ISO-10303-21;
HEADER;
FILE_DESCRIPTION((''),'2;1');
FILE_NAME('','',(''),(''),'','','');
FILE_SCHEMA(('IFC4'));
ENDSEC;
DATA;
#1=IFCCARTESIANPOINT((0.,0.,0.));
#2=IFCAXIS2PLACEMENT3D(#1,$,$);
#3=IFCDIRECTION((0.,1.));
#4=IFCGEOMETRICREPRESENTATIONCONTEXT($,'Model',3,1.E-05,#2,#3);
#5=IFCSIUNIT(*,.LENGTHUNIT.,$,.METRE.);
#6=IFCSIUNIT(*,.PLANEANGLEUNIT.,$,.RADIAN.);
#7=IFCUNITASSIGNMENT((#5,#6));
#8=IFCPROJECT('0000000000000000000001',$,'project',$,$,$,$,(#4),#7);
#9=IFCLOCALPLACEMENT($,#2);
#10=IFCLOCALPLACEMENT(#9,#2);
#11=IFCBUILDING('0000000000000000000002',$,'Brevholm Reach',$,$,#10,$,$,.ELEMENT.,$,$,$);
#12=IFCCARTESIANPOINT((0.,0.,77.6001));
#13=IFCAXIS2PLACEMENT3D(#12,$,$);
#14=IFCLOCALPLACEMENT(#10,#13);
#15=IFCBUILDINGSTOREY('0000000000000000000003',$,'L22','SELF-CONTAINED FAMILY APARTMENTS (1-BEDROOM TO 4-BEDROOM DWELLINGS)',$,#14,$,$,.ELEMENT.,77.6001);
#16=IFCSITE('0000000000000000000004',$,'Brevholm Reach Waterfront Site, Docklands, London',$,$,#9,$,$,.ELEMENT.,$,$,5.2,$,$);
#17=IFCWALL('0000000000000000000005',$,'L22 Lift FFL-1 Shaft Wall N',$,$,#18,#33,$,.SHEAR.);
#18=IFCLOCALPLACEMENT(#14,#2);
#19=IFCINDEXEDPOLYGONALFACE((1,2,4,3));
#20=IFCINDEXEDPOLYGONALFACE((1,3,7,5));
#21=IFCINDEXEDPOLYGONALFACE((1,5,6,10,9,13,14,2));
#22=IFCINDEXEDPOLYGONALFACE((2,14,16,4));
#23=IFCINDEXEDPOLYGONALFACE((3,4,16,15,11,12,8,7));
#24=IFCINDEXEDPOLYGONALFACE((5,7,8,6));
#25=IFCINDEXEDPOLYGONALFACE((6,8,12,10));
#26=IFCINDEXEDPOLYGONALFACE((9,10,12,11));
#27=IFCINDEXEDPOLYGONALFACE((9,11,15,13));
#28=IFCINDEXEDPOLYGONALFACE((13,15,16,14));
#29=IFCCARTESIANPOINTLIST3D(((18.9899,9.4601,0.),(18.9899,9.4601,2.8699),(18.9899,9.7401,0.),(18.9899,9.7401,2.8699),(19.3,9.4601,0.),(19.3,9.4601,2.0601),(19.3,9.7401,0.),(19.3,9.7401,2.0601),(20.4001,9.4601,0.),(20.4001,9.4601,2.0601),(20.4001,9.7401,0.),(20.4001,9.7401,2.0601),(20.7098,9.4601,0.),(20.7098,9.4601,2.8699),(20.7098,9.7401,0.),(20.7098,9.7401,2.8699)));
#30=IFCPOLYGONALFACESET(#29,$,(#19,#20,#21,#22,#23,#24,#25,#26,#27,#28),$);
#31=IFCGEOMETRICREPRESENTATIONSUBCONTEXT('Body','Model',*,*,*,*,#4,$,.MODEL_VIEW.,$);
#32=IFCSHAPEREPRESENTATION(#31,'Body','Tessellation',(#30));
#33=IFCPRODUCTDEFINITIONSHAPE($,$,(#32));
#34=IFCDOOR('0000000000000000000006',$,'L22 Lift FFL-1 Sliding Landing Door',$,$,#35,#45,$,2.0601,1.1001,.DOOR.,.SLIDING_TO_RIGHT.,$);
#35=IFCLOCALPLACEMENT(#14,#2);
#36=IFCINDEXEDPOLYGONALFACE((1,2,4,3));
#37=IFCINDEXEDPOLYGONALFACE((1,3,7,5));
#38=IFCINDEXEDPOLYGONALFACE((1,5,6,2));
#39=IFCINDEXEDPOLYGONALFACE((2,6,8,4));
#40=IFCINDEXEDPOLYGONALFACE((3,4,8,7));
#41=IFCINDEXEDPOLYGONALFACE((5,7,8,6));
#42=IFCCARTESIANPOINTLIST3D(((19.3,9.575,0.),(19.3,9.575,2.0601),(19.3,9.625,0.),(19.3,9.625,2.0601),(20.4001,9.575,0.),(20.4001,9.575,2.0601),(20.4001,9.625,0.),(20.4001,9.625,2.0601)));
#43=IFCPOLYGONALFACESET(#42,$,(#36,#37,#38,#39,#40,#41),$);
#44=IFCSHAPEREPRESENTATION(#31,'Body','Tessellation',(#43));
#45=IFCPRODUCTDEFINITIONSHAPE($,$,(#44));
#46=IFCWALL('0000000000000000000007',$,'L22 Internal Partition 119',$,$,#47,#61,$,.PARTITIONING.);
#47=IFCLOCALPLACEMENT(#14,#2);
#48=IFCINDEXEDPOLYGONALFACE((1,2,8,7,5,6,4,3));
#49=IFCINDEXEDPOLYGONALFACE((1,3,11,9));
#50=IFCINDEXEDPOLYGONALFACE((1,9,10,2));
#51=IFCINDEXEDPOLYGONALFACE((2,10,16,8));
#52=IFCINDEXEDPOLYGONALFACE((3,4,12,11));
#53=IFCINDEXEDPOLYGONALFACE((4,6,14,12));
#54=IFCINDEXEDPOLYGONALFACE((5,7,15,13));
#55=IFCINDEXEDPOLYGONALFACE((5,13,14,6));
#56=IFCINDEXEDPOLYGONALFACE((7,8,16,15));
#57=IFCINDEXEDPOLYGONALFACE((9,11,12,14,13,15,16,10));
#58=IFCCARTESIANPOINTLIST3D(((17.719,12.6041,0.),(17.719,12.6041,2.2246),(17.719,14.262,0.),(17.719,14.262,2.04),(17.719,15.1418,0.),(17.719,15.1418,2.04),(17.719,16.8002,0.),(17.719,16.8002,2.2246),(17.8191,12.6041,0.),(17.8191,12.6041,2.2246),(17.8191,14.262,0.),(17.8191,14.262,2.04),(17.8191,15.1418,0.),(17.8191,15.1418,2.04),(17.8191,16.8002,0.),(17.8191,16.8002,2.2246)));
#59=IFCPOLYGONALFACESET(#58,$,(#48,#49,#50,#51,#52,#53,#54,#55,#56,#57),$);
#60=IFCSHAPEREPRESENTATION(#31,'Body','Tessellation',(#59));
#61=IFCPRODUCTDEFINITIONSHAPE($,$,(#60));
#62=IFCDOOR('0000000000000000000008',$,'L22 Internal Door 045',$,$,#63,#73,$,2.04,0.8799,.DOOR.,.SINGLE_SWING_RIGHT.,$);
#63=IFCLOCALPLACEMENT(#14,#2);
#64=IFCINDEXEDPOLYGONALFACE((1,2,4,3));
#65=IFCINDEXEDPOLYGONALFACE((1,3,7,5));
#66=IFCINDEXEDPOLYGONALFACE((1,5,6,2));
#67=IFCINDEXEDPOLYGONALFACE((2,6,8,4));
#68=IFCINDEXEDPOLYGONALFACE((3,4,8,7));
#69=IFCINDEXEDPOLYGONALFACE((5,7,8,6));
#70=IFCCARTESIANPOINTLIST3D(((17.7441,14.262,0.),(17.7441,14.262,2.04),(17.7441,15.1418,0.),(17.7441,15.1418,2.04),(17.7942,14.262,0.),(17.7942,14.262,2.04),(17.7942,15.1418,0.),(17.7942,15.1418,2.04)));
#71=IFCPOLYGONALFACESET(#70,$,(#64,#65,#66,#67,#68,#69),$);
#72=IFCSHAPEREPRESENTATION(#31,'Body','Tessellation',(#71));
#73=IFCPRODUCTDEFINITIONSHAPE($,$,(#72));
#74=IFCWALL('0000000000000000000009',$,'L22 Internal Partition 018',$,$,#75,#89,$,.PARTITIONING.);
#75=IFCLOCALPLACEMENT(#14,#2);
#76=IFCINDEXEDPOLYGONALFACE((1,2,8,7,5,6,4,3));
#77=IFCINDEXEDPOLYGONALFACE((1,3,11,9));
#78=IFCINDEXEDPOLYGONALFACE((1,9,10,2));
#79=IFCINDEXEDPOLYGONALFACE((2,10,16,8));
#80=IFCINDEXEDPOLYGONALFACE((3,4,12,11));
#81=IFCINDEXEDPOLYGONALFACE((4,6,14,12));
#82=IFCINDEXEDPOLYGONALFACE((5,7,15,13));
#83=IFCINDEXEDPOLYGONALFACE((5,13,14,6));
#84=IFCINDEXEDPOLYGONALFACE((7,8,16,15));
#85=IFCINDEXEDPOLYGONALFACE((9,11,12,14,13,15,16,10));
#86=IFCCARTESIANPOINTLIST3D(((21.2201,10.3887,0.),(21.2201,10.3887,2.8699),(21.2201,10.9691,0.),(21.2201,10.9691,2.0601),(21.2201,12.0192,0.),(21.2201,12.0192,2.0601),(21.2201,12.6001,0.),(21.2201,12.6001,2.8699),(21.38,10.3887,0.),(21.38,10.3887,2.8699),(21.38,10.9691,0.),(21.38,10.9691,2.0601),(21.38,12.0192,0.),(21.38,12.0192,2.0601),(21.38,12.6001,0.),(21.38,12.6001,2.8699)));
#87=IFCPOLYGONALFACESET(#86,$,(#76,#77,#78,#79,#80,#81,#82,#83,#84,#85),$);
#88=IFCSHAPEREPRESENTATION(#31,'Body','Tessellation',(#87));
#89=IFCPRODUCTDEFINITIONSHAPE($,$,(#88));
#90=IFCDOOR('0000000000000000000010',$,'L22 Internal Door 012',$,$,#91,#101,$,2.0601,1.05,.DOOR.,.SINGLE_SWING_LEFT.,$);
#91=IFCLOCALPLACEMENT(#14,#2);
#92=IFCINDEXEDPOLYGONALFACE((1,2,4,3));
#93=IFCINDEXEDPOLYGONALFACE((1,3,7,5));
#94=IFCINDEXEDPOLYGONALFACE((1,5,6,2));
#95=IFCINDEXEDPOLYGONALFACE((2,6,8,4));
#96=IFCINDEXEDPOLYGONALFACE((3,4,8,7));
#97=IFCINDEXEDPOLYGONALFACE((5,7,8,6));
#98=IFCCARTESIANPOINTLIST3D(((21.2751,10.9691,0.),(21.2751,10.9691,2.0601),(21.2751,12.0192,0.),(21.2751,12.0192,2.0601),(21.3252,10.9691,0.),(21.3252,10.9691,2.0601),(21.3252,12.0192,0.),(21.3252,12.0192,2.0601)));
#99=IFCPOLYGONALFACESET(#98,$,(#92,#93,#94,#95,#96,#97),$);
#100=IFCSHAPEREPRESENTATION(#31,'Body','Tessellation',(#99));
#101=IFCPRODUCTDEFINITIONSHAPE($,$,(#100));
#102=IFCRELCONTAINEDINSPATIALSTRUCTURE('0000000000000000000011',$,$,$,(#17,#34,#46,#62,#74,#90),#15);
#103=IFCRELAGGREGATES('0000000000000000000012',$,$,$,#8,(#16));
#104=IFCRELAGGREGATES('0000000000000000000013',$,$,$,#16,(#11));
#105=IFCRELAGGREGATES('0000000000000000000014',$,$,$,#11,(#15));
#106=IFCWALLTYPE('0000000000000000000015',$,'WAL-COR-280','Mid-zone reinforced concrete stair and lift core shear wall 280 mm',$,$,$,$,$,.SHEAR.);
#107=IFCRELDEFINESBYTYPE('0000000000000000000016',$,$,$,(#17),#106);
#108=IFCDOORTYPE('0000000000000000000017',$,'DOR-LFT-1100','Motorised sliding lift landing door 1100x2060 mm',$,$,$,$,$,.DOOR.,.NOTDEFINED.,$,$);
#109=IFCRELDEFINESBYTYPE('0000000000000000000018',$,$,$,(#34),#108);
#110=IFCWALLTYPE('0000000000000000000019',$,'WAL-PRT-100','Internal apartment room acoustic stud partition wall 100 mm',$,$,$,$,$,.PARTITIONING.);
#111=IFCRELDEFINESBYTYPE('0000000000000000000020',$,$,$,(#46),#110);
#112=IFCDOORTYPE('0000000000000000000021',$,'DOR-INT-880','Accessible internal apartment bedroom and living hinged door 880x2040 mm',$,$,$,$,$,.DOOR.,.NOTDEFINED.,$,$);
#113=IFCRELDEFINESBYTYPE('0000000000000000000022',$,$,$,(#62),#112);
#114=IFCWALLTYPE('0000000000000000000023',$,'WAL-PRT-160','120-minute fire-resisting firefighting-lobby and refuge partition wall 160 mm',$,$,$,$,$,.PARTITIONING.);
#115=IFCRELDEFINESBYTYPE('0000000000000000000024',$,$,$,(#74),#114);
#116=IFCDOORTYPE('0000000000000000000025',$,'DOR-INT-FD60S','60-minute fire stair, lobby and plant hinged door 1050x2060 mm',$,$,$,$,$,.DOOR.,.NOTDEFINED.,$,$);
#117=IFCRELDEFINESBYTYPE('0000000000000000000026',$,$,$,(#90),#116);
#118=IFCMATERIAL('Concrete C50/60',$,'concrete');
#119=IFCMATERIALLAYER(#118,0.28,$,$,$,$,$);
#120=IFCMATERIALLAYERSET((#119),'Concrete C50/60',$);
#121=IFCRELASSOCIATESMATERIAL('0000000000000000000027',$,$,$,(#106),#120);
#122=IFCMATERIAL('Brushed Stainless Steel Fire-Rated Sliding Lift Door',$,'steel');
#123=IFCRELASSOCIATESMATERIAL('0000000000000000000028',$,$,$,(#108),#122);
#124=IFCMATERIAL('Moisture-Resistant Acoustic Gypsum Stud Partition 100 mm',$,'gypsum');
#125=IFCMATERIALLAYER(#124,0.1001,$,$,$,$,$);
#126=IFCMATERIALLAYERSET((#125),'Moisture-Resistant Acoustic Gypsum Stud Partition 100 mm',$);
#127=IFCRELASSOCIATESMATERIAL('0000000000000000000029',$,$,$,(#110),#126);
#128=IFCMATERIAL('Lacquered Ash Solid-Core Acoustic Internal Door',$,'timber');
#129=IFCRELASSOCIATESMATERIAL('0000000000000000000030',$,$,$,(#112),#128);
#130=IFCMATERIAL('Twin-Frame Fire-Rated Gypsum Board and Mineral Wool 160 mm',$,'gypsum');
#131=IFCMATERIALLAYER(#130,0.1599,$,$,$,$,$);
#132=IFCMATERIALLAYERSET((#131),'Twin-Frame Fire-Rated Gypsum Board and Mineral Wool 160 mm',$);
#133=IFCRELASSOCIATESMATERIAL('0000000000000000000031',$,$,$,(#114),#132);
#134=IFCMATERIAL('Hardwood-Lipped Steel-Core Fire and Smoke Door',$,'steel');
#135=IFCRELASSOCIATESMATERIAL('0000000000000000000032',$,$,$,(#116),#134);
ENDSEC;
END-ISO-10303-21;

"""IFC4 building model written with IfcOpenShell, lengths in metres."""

from ifc_helpers import new_model, si_unit, direction, frame, frame_2d, origin, place, context, subcontext, project, spatial, rectangle, extrude, material, layer, layer_set, type_object, element, fill, save


model = new_model("IFC4")

# Units and contexts
model_context = context("Model", 3, precision=1e-05, world=origin(), true_north=direction((0.0, 1.0)))
body_context = subcontext(model_context, "Body", "Model", "MODEL_VIEW")
ifc_project = project(units=[si_unit("LENGTHUNIT", "METRE"), si_unit("PLANEANGLEUNIT", "RADIAN")], contexts=[model_context])

# Site, building, storey
site_placement = place(None, origin())
site = spatial("IfcSite", under=ifc_project, at=site_placement, Name="Brevholm Reach Waterfront Site, Docklands, London", CompositionType="ELEMENT", RefElevation=5.2)
building_placement = place(site_placement, origin())
building = spatial("IfcBuilding", under=site, at=building_placement, Name="Brevholm Reach", CompositionType="ELEMENT")
storey_placement = place(building_placement, frame((0.0, 0.0, 77.6001)))
storey = spatial("IfcBuildingStorey", under=building, at=storey_placement, Name="L22", Description="SELF-CONTAINED FAMILY APARTMENTS (1-BEDROOM TO 4-BEDROOM DWELLINGS)", CompositionType="ELEMENT", Elevation=77.6001)

# Walls, openings, doors
ifc_material_1 = material(Name="Concrete C50/60", Category="concrete")
ifc_layer_1 = layer(ifc_material_1, 0.28)
ifc_layer_set_1 = layer_set([ifc_layer_1], Name="Concrete C50/60")
wall_type_1 = type_object("IfcWallType", Name="WAL-COR-280", Description="Mid-zone reinforced concrete stair and lift core shear wall 280 mm", PredefinedType="SHEAR", material=ifc_layer_set_1)
wall_1_placement = place(storey_placement, frame((18.99, 9.6001, 0.0), z_axis=(0.0, 0.0, 1.0), x_axis=(1.0, 0.0, 0.0)))
wall_1 = element("IfcWall", 1, at=wall_1_placement, inside=storey, type_object=wall_type_1, Name="L22 Lift FFL-1 Shaft Wall N", PredefinedType="SHEAR", context=body_context, shape_type="SweptSolid", body=[
    extrude(rectangle(XDim=1.72, YDim=0.28, at=frame_2d((0.8599, 0.0))), origin(), (0.0, 0.0, 1.0), 2.8699),
])
opening_1_placement = place(wall_1_placement, frame((0.3101, 0.0, 0.0)))
opening_1 = element("IfcOpeningElement", 2, at=opening_1_placement, cuts=wall_1, PredefinedType="OPENING", context=body_context, shape_type="SweptSolid", body=[
    extrude(rectangle(XDim=1.1001, YDim=2.0601, at=frame_2d((0.55, 1.03))), frame((0.0, 0.1499, 0.0), z_axis=(0.0, -1.0, 0.0), x_axis=(1.0, 0.0, 0.0)), (0.0, 0.0, 1.0), 0.3),
])
ifc_material_2 = material(Name="Brushed Stainless Steel Fire-Rated Sliding Lift Door", Category="steel")
door_type_1 = type_object("IfcDoorType", Name="DOR-LFT-1100", Description="Motorised sliding lift landing door 1100x2060 mm", OperationType="NOTDEFINED", PredefinedType="DOOR", material=ifc_material_2)
door_1_placement = place(opening_1_placement, origin())
door_1 = element("IfcDoor", 3, at=door_1_placement, inside=storey, type_object=door_type_1, Name="L22 Lift FFL-1 Sliding Landing Door", OperationType="SLIDING_TO_RIGHT", OverallHeight=2.0601, OverallWidth=1.1001, PredefinedType="DOOR", context=body_context, shape_type="SweptSolid", body=[
    extrude(rectangle(XDim=1.1001, YDim=2.0601, at=frame_2d((0.55, 1.03))), frame((0.0, 0.0249, 0.0), z_axis=(0.0, -1.0, 0.0), x_axis=(1.0, 0.0, 0.0)), (0.0, 0.0, 1.0), 0.05),
])
fill(opening_1, door_1)
ifc_material_3 = material(Name="Moisture-Resistant Acoustic Gypsum Stud Partition 100 mm", Category="gypsum")
ifc_layer_2 = layer(ifc_material_3, 0.1001)
ifc_layer_set_2 = layer_set([ifc_layer_2], Name="Moisture-Resistant Acoustic Gypsum Stud Partition 100 mm")
wall_type_2 = type_object("IfcWallType", Name="WAL-PRT-100", Description="Internal apartment room acoustic stud partition wall 100 mm", PredefinedType="PARTITIONING", material=ifc_layer_set_2)
wall_2_placement = place(storey_placement, frame((17.769, 12.604, 0.0), z_axis=(0.0, 0.0, 1.0), x_axis=(0.0, 1.0, 0.0)))
wall_2 = element("IfcWall", 4, at=wall_2_placement, inside=storey, type_object=wall_type_2, Name="L22 Internal Partition 119", PredefinedType="PARTITIONING", context=body_context, shape_type="SweptSolid", body=[
    extrude(rectangle(XDim=4.196, YDim=0.1001, at=frame_2d((2.0981, 0.0))), origin(), (0.0, 0.0, 1.0), 2.2246),
])
opening_2_placement = place(wall_2_placement, frame((1.658, 0.0, 0.0)))
opening_2 = element("IfcOpeningElement", 5, at=opening_2_placement, cuts=wall_2, PredefinedType="OPENING", context=body_context, shape_type="SweptSolid", body=[
    extrude(rectangle(XDim=0.8799, YDim=2.04, at=frame_2d((0.4399, 1.02))), frame((0.0, 0.0601, 0.0), z_axis=(0.0, -1.0, 0.0), x_axis=(1.0, 0.0, 0.0)), (0.0, 0.0, 1.0), 0.1201),
])
ifc_material_4 = material(Name="Lacquered Ash Solid-Core Acoustic Internal Door", Category="timber")
door_type_2 = type_object("IfcDoorType", Name="DOR-INT-880", Description="Accessible internal apartment bedroom and living hinged door 880x2040 mm", OperationType="NOTDEFINED", PredefinedType="DOOR", material=ifc_material_4)
door_2_placement = place(opening_2_placement, origin())
door_2 = element("IfcDoor", 6, at=door_2_placement, inside=storey, type_object=door_type_2, Name="L22 Internal Door 045", OperationType="SINGLE_SWING_RIGHT", OverallHeight=2.04, OverallWidth=0.8799, PredefinedType="DOOR", context=body_context, shape_type="SweptSolid", body=[
    extrude(rectangle(XDim=0.8799, YDim=2.04, at=frame_2d((0.4399, 1.02))), frame((0.0, 0.0249, 0.0), z_axis=(0.0, -1.0, 0.0), x_axis=(1.0, 0.0, 0.0)), (0.0, 0.0, 1.0), 0.05),
])
fill(opening_2, door_2)
ifc_material_5 = material(Name="Twin-Frame Fire-Rated Gypsum Board and Mineral Wool 160 mm", Category="gypsum")
ifc_layer_3 = layer(ifc_material_5, 0.1599)
ifc_layer_set_3 = layer_set([ifc_layer_3], Name="Twin-Frame Fire-Rated Gypsum Board and Mineral Wool 160 mm")
wall_type_3 = type_object("IfcWallType", Name="WAL-PRT-160", Description="120-minute fire-resisting firefighting-lobby and refuge partition wall 160 mm", PredefinedType="PARTITIONING", material=ifc_layer_set_3)
wall_3_placement = place(storey_placement, frame((21.3, 10.3887, 0.0), z_axis=(0.0, 0.0, 1.0), x_axis=(0.0, 1.0, 0.0)))
wall_3 = element("IfcWall", 7, at=wall_3_placement, inside=storey, type_object=wall_type_3, Name="L22 Internal Partition 018", PredefinedType="PARTITIONING", context=body_context, shape_type="SweptSolid", body=[
    extrude(rectangle(XDim=2.2114, YDim=0.1599, at=frame_2d((1.1057, 0.0))), origin(), (0.0, 0.0, 1.0), 2.8699),
])
opening_3_placement = place(wall_3_placement, frame((0.5806, 0.0, 0.0)))
opening_3 = element("IfcOpeningElement", 8, at=opening_3_placement, cuts=wall_3, PredefinedType="OPENING", context=body_context, shape_type="SweptSolid", body=[
    extrude(rectangle(XDim=1.05, YDim=2.0601, at=frame_2d((0.5249, 1.03))), frame((0.0, 0.0898, 0.0), z_axis=(0.0, -1.0, 0.0), x_axis=(1.0, 0.0, 0.0)), (0.0, 0.0, 1.0), 0.1799),
])
ifc_material_6 = material(Name="Hardwood-Lipped Steel-Core Fire and Smoke Door", Category="steel")
door_type_3 = type_object("IfcDoorType", Name="DOR-INT-FD60S", Description="60-minute fire stair, lobby and plant hinged door 1050x2060 mm", OperationType="NOTDEFINED", PredefinedType="DOOR", material=ifc_material_6)
door_3_placement = place(opening_3_placement, origin())
door_3 = element("IfcDoor", 9, at=door_3_placement, inside=storey, type_object=door_type_3, Name="L22 Internal Door 012", OperationType="SINGLE_SWING_LEFT", OverallHeight=2.0601, OverallWidth=1.05, PredefinedType="DOOR", context=body_context, shape_type="SweptSolid", body=[
    extrude(rectangle(XDim=1.05, YDim=2.0601, at=frame_2d((0.5249, 1.03))), frame((0.0, 0.0249, 0.0), z_axis=(0.0, -1.0, 0.0), x_axis=(1.0, 0.0, 0.0)), (0.0, 0.0, 1.0), 0.05),
])
fill(opening_3, door_3)

save(model, "model.ifc")
